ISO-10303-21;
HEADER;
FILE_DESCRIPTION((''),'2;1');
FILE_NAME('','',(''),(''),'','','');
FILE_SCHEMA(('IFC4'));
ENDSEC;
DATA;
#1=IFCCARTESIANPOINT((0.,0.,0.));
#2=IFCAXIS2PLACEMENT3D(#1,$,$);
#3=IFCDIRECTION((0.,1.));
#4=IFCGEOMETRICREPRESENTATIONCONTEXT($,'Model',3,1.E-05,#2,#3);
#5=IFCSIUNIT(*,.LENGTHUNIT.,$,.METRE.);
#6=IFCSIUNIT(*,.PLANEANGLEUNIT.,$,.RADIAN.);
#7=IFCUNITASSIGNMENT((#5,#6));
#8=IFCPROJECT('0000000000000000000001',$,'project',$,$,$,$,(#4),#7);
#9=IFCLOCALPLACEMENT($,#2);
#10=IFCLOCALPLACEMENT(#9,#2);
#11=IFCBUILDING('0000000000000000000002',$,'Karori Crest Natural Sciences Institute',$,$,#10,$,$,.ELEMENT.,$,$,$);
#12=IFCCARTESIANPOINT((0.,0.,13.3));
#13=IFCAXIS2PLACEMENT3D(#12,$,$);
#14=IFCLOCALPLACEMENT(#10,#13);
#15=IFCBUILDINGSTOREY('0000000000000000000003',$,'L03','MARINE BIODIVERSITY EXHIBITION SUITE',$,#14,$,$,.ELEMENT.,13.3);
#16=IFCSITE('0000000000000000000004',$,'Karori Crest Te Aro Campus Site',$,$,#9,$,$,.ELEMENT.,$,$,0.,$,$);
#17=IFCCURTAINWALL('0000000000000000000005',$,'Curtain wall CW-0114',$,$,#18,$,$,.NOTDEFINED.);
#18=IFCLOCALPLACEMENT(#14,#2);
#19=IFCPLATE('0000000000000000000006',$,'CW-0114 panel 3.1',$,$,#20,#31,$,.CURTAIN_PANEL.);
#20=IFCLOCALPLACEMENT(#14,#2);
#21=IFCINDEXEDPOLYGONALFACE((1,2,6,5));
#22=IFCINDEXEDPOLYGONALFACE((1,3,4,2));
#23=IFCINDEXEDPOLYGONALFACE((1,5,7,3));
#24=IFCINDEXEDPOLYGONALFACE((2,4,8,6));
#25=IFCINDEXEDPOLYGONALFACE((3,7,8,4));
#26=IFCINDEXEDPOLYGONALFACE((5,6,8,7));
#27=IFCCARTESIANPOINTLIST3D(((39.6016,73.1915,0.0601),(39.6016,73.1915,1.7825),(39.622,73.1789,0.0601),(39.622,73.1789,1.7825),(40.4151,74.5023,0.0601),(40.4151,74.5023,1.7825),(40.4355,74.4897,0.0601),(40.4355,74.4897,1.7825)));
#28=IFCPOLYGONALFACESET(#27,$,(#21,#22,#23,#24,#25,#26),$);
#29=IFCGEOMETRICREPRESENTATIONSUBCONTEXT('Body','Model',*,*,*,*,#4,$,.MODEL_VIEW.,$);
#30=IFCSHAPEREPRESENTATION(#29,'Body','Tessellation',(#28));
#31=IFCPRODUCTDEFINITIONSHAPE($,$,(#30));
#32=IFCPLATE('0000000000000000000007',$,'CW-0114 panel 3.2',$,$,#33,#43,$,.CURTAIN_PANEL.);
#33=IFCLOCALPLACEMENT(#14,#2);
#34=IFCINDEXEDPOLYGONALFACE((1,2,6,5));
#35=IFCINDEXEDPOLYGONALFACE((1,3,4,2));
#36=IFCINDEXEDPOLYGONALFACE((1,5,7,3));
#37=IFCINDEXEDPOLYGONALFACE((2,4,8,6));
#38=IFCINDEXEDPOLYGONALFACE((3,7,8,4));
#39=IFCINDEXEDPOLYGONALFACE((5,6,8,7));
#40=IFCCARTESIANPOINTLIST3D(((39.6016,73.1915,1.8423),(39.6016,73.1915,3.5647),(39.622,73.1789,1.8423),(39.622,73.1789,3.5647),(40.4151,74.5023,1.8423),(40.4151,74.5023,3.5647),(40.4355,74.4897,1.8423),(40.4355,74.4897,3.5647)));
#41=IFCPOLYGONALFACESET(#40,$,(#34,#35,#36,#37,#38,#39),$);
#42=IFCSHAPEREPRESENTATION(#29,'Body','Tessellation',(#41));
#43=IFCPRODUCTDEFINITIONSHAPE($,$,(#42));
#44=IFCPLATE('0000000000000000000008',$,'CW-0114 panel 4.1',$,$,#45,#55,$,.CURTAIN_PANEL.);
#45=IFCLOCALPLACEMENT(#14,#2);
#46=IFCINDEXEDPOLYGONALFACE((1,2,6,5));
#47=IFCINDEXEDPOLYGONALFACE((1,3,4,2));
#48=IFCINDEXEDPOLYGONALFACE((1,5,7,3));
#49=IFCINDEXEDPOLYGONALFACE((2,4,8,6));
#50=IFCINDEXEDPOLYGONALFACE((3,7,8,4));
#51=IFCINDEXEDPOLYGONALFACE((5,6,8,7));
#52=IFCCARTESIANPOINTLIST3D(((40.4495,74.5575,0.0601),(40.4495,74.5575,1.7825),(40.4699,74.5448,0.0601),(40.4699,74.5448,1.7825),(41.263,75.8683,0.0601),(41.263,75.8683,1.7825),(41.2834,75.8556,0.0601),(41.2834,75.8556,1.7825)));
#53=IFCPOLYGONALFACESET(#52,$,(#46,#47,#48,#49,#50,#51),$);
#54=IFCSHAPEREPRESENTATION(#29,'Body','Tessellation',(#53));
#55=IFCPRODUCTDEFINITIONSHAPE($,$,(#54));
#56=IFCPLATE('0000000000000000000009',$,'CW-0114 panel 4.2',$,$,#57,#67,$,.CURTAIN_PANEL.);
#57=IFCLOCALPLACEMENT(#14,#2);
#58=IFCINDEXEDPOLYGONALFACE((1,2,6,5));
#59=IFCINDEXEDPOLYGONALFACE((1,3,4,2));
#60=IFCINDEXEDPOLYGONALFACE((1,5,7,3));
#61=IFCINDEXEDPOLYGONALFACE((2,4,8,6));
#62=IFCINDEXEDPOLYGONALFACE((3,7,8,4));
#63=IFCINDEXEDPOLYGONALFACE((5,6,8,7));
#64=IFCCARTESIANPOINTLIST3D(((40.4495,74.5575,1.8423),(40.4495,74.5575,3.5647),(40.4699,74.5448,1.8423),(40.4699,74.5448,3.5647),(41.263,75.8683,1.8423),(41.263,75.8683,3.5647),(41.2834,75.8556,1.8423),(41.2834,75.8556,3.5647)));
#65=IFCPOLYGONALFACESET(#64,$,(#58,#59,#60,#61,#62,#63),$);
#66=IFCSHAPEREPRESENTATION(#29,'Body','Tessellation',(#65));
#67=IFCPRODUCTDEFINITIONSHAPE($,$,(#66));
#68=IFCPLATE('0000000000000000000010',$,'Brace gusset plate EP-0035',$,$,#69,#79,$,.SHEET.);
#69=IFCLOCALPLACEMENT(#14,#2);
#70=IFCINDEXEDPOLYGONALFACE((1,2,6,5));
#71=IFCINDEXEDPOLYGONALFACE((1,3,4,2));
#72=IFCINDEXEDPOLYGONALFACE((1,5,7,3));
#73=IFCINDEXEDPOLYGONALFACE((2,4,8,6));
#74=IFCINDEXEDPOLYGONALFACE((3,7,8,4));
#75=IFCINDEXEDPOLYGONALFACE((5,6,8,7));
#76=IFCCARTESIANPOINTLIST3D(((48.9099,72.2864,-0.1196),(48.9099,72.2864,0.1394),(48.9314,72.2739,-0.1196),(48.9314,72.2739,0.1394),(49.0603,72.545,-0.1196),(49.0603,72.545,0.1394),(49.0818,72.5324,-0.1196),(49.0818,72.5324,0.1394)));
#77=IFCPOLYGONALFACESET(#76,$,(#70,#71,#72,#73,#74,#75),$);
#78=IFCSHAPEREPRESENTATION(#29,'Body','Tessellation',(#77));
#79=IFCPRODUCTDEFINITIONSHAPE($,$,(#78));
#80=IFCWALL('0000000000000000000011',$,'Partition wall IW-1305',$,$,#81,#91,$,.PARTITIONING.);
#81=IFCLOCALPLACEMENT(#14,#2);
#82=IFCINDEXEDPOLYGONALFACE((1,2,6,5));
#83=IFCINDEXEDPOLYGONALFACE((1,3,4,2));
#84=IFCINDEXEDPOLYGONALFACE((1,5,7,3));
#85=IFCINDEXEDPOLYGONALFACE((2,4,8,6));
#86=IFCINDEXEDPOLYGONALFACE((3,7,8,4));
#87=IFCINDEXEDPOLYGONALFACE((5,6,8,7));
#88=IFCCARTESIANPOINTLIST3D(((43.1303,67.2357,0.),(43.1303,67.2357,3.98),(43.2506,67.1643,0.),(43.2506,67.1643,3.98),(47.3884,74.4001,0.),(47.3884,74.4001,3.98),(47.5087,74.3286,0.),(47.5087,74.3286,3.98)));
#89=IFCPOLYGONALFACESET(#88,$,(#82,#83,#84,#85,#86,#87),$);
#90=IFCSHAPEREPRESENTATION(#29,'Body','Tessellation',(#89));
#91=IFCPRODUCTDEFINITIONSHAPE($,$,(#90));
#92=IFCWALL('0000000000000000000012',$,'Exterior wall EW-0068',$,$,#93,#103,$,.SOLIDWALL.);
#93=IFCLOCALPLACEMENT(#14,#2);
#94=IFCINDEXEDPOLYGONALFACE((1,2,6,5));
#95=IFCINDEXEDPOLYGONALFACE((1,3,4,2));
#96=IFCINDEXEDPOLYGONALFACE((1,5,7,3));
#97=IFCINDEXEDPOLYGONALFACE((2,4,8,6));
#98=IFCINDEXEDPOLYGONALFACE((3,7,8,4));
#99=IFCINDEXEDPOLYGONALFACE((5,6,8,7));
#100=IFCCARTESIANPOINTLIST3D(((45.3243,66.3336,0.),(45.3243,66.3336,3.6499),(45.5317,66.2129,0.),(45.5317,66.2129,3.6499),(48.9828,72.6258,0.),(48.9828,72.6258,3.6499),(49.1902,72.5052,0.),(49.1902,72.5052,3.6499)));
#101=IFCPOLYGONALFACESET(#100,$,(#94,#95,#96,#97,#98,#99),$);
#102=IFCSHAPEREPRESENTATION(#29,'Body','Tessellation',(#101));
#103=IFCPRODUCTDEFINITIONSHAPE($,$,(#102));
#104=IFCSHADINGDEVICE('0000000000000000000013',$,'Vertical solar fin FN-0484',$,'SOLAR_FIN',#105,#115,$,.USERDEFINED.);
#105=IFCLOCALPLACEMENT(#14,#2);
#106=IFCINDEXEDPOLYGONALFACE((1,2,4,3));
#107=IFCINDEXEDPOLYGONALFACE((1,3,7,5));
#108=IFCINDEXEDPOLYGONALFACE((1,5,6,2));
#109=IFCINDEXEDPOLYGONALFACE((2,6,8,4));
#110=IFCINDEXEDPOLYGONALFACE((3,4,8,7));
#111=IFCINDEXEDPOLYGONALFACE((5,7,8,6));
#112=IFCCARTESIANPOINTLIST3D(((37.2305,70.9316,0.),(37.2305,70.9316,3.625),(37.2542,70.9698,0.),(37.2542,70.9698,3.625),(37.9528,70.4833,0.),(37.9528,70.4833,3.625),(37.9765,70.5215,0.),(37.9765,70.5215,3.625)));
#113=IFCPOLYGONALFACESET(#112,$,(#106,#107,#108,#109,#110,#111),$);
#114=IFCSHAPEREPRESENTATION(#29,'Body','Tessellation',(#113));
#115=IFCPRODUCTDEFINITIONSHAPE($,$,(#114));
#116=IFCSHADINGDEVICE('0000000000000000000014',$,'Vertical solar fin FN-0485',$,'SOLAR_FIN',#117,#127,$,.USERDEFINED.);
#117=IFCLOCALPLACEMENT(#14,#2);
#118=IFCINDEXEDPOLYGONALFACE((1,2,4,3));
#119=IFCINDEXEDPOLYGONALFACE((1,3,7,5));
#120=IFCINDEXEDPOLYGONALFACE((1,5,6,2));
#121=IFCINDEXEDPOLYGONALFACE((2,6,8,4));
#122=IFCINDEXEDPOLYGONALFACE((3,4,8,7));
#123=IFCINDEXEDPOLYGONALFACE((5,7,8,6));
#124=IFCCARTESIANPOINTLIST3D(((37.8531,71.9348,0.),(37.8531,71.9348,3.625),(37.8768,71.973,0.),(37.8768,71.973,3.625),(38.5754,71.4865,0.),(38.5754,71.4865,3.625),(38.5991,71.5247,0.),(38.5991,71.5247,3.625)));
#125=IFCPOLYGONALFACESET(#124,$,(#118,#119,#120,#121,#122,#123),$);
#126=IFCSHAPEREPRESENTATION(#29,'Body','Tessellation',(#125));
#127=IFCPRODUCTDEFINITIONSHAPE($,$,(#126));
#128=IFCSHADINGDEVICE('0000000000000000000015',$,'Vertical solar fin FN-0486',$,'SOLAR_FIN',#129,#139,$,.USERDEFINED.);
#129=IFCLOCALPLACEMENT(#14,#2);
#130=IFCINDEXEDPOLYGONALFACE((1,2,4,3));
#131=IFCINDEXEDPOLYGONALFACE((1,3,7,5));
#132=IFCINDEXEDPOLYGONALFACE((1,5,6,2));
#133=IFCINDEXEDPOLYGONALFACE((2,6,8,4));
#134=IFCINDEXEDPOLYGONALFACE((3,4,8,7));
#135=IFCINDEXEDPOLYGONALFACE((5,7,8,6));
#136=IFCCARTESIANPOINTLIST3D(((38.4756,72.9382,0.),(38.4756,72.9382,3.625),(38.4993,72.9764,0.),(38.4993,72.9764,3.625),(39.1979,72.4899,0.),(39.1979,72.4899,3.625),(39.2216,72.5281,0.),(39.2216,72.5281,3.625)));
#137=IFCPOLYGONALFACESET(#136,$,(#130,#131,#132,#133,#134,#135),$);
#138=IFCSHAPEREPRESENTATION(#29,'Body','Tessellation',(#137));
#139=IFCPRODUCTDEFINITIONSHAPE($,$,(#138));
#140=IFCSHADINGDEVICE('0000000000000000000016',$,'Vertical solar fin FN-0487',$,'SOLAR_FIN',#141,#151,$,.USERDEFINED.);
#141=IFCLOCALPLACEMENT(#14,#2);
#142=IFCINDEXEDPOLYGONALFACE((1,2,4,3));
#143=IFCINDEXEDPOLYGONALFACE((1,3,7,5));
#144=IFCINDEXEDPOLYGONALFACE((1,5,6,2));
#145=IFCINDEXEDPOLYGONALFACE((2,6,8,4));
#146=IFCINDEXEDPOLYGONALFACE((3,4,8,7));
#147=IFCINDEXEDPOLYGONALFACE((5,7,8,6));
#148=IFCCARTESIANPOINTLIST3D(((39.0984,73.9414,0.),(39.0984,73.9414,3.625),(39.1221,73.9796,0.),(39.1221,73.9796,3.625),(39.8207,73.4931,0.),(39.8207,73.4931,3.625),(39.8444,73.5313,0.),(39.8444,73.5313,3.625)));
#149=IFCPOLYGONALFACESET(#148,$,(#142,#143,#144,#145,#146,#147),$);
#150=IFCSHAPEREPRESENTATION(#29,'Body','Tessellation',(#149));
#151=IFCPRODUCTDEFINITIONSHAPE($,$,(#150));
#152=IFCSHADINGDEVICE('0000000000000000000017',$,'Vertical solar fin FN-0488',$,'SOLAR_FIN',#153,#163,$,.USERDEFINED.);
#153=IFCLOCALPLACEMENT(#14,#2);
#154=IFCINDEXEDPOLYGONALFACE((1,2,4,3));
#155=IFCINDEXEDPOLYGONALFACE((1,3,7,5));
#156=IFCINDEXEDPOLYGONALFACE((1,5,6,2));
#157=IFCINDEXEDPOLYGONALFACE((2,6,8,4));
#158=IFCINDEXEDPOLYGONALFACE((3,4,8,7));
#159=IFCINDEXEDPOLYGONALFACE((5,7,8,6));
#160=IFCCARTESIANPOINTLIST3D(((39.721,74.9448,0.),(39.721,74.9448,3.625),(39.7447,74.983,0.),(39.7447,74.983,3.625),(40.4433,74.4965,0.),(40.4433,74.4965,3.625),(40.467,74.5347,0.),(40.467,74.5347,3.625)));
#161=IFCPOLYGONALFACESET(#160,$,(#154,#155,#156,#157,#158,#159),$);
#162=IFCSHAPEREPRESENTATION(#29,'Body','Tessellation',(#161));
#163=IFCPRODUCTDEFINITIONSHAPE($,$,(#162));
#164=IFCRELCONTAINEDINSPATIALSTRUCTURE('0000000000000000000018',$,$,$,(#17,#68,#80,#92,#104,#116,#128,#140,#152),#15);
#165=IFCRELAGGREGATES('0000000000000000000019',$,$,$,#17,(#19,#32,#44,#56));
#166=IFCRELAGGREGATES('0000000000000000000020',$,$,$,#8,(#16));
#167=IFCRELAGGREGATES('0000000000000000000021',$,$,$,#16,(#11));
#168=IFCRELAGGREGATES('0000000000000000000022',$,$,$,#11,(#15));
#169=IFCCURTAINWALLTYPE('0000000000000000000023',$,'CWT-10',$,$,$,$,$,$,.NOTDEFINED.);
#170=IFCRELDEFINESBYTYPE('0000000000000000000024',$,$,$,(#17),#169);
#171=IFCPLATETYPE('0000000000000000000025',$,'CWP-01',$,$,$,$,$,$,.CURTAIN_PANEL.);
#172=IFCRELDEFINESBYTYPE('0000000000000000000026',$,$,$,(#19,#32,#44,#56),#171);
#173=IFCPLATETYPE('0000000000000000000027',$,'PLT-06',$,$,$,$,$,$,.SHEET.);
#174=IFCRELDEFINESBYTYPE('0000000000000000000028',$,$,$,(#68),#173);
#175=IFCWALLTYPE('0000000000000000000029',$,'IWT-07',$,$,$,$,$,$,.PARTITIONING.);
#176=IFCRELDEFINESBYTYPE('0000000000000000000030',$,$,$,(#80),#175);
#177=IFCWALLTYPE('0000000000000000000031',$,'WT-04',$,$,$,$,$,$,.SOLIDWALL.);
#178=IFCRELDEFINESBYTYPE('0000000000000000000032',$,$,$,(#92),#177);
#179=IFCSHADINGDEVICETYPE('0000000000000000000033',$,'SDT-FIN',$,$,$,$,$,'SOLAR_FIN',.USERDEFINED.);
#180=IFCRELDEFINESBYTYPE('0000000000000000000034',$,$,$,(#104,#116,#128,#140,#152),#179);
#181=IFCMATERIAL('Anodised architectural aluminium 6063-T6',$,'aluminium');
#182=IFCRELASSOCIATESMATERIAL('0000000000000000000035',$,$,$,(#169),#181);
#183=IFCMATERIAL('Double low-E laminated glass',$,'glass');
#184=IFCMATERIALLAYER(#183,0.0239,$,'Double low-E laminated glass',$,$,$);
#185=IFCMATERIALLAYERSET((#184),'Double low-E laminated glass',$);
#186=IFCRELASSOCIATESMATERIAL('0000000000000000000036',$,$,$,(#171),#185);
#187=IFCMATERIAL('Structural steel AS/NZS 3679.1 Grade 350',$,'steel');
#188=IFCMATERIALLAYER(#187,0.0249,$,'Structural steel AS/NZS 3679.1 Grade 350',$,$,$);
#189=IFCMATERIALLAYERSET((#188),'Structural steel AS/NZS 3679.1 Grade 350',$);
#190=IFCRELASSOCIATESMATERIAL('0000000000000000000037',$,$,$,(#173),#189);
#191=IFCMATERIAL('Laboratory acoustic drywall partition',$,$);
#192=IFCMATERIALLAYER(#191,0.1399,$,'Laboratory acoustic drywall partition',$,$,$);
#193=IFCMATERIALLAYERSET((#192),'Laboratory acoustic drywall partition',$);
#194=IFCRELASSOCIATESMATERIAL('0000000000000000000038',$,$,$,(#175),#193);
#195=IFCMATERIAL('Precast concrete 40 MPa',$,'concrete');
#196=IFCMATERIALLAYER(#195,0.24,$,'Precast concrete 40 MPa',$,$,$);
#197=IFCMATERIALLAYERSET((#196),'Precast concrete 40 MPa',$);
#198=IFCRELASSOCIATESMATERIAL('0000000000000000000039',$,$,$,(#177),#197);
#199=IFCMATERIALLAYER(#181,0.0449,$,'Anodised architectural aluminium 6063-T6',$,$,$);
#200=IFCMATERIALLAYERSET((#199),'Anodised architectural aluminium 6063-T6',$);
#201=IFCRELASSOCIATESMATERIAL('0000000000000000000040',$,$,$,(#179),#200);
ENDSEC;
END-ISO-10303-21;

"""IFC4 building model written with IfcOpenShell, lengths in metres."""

from ifc_helpers import new_model, si_unit, direction, frame, frame_2d, origin, origin_2d, place, context, subcontext, project, spatial, rectangle, extrude, material, layer, layer_set, type_object, element, aggregate, save


model = new_model("IFC4")

# Units and contexts
model_context = context("Model", 3, precision=1e-05, world=origin(), true_north=direction((0.0, 1.0)))
body_context = subcontext(model_context, "Body", "Model", "MODEL_VIEW")
ifc_project = project(units=[si_unit("LENGTHUNIT", "METRE"), si_unit("PLANEANGLEUNIT", "RADIAN")], contexts=[model_context])

# Site, building, storey
site_placement = place(None, origin())
site = spatial("IfcSite", under=ifc_project, at=site_placement, Name="Karori Crest Te Aro Campus Site", CompositionType="ELEMENT", RefElevation=0.0)
building_placement = place(site_placement, origin())
building = spatial("IfcBuilding", under=site, at=building_placement, Name="Karori Crest Natural Sciences Institute", CompositionType="ELEMENT")
storey_placement = place(building_placement, frame((0.0, 0.0, 13.3)))
storey = spatial("IfcBuildingStorey", under=building, at=storey_placement, Name="L03", Description="MARINE BIODIVERSITY EXHIBITION SUITE", CompositionType="ELEMENT", Elevation=13.3)

# Shared definitions
ifc_material_1 = material(Name="Structural steel AS/NZS 3679.1 Grade 350", Category="steel")

# Curtain wall
ifc_material_2 = material(Name="Anodised architectural aluminium 6063-T6", Category="aluminium")
curtain_wall_type_1 = type_object("IfcCurtainWallType", Name="CWT-10", PredefinedType="NOTDEFINED", material=ifc_material_2)
curtain_wall_1_placement = place(storey_placement, origin())
curtain_wall_1 = element("IfcCurtainWall", 1, at=curtain_wall_1_placement, inside=storey, type_object=curtain_wall_type_1, Name="Curtain wall CW-0114", PredefinedType="NOTDEFINED")

# Plates
ifc_material_3 = material(Name="Double low-E laminated glass", Category="glass")
ifc_layer_1 = layer(ifc_material_3, 0.0239, Name="Double low-E laminated glass")
ifc_layer_set_1 = layer_set([ifc_layer_1], Name="Double low-E laminated glass")
plate_type_1 = type_object("IfcPlateType", Name="CWP-01", PredefinedType="CURTAIN_PANEL", material=ifc_layer_set_1)
plate_1_placement = place(storey_placement, frame((40.0186, 73.8406, 0.0601), z_axis=(0.0, 0.0, 1.0), x_axis=(0.527324, 0.849664, 0.0)))
plate_1 = element("IfcPlate", 2, at=plate_1_placement, type_object=plate_type_1, Name="CW-0114 panel 3.1", PredefinedType="CURTAIN_PANEL", context=body_context, shape_type="SweptSolid", body=[
    extrude(rectangle(XDim=1.5427, YDim=0.0239, at=origin_2d()), origin(), (0.0, 0.0, 1.0), 1.7224),
])
plate_2_placement = place(storey_placement, frame((40.0186, 73.8406, 1.8423), z_axis=(0.0, 0.0, 1.0), x_axis=(0.527324, 0.849664, 0.0)))
plate_2 = element("IfcPlate", 3, at=plate_2_placement, type_object=plate_type_1, Name="CW-0114 panel 3.2", PredefinedType="CURTAIN_PANEL", context=body_context, shape_type="SweptSolid", body=[
    extrude(rectangle(XDim=1.5427, YDim=0.0239, at=origin_2d()), origin(), (0.0, 0.0, 1.0), 1.7224),
])
plate_3_placement = place(storey_placement, frame((40.8665, 75.2065, 0.0601), z_axis=(0.0, 0.0, 1.0), x_axis=(0.527324, 0.849664, 0.0)))
plate_3 = element("IfcPlate", 4, at=plate_3_placement, type_object=plate_type_1, Name="CW-0114 panel 4.1", PredefinedType="CURTAIN_PANEL", context=body_context, shape_type="SweptSolid", body=[
    extrude(rectangle(XDim=1.5427, YDim=0.0239, at=origin_2d()), origin(), (0.0, 0.0, 1.0), 1.7224),
])
plate_4_placement = place(storey_placement, frame((40.8665, 75.2065, 1.8423), z_axis=(0.0, 0.0, 1.0), x_axis=(0.527324, 0.849664, 0.0)))
plate_4 = element("IfcPlate", 5, at=plate_4_placement, type_object=plate_type_1, Name="CW-0114 panel 4.2", PredefinedType="CURTAIN_PANEL", context=body_context, shape_type="SweptSolid", body=[
    extrude(rectangle(XDim=1.5427, YDim=0.0239, at=origin_2d()), origin(), (0.0, 0.0, 1.0), 1.7224),
])
aggregate(curtain_wall_1, [plate_1, plate_2, plate_3, plate_4])
ifc_layer_2 = layer(ifc_material_1, 0.0249, Name="Structural steel AS/NZS 3679.1 Grade 350")
ifc_layer_set_2 = layer_set([ifc_layer_2], Name="Structural steel AS/NZS 3679.1 Grade 350")
plate_type_2 = type_object("IfcPlateType", Name="PLT-06", PredefinedType="SHEET", material=ifc_layer_set_2)
plate_5_placement = place(storey_placement, frame((48.9958, 72.4094, -0.1196), z_axis=(0.0, 0.0, 1.0), x_axis=(0.502652, 0.864489, 0.0)))
element("IfcPlate", 6, at=plate_5_placement, inside=storey, type_object=plate_type_2, Name="Brace gusset plate EP-0035", PredefinedType="SHEET", context=body_context, shape_type="SweptSolid", body=[
    extrude(rectangle(XDim=0.2991, YDim=0.0249, at=origin_2d()), origin(), (0.0, 0.0, 1.0), 0.259),
])

# Walls
ifc_material_4 = material(Name="Laboratory acoustic drywall partition")
ifc_layer_3 = layer(ifc_material_4, 0.1399, Name="Laboratory acoustic drywall partition")
ifc_layer_set_3 = layer_set([ifc_layer_3], Name="Laboratory acoustic drywall partition")
wall_type_1 = type_object("IfcWallType", Name="IWT-07", PredefinedType="PARTITIONING", material=ifc_layer_set_3)
wall_1_placement = place(storey_placement, frame((47.4485, 74.3643, 0.0), z_axis=(0.0, 0.0, 1.0), x_axis=(-0.510916, -0.859631, 0.0)))
element("IfcWall", 7, at=wall_1_placement, inside=storey, type_object=wall_type_1, Name="Partition wall IW-1305", PredefinedType="PARTITIONING", context=body_context, shape_type="SweptSolid", body=[
    extrude(rectangle(XDim=8.3342, YDim=0.1399, at=frame_2d((4.167, 0.0))), origin(), (0.0, 0.0, 1.0), 3.98),
])
ifc_material_5 = material(Name="Precast concrete 40 MPa", Category="concrete")
ifc_layer_4 = layer(ifc_material_5, 0.24, Name="Precast concrete 40 MPa")
ifc_layer_set_4 = layer_set([ifc_layer_4], Name="Precast concrete 40 MPa")
wall_type_2 = type_object("IfcWallType", Name="WT-04", PredefinedType="SOLIDWALL", material=ifc_layer_set_4)
wall_2_placement = place(storey_placement, frame((49.0864, 72.5654, 0.0), z_axis=(0.0, 0.0, 1.0), x_axis=(-0.502638, -0.864497, 0.0)))
element("IfcWall", 8, at=wall_2_placement, inside=storey, type_object=wall_type_2, Name="Exterior wall EW-0068", PredefinedType="SOLIDWALL", context=body_context, shape_type="SweptSolid", body=[
    extrude(rectangle(XDim=7.2786, YDim=0.24, at=frame_2d((3.6392, 0.0))), origin(), (0.0, 0.0, 1.0), 3.6499),
])

# Shading devices
ifc_layer_5 = layer(ifc_material_2, 0.0449, Name="Anodised architectural aluminium 6063-T6")
ifc_layer_set_5 = layer_set([ifc_layer_5], Name="Anodised architectural aluminium 6063-T6")
shading_device_type = type_object("IfcShadingDeviceType", Name="SDT-FIN", ElementType="SOLAR_FIN", PredefinedType="USERDEFINED", material=ifc_layer_set_5)
for number, where, z_axis, x_axis, name in (
    (9, (37.6035, 70.7266, 0.0), (0.0, 0.0, 1.0), (-0.849665, 0.527324, 0.0), "Vertical solar fin FN-0484"),
    (10, (38.2261, 71.7297, 0.0), (0.0, 0.0, 1.0), (-0.849665, 0.527324, 0.0), "Vertical solar fin FN-0485"),
    (11, (38.8486, 72.7332, 0.0), (0.0, 0.0, 1.0), (-0.849665, 0.527324, 0.0), "Vertical solar fin FN-0486"),
    (12, (39.4714, 73.7363, 0.0), (0.0, 0.0, 1.0), (-0.849665, 0.527324, 0.0), "Vertical solar fin FN-0487"),
    (13, (40.094, 74.7397, 0.0), (0.0, 0.0, 1.0), (-0.849665, 0.527324, 0.0), "Vertical solar fin FN-0488"),
):
    element("IfcShadingDevice", number, at=place(storey_placement, frame(where, z_axis=z_axis, x_axis=x_axis)), inside=storey, type_object=shading_device_type, Name=name, ObjectType="SOLAR_FIN", PredefinedType="USERDEFINED", context=body_context, shape_type="SweptSolid", body=[
        extrude(rectangle(XDim=0.8501, YDim=0.0449, at=origin_2d()), origin(), (0.0, 0.0, 1.0), 3.625),
    ])

save(model, "model.ifc")
